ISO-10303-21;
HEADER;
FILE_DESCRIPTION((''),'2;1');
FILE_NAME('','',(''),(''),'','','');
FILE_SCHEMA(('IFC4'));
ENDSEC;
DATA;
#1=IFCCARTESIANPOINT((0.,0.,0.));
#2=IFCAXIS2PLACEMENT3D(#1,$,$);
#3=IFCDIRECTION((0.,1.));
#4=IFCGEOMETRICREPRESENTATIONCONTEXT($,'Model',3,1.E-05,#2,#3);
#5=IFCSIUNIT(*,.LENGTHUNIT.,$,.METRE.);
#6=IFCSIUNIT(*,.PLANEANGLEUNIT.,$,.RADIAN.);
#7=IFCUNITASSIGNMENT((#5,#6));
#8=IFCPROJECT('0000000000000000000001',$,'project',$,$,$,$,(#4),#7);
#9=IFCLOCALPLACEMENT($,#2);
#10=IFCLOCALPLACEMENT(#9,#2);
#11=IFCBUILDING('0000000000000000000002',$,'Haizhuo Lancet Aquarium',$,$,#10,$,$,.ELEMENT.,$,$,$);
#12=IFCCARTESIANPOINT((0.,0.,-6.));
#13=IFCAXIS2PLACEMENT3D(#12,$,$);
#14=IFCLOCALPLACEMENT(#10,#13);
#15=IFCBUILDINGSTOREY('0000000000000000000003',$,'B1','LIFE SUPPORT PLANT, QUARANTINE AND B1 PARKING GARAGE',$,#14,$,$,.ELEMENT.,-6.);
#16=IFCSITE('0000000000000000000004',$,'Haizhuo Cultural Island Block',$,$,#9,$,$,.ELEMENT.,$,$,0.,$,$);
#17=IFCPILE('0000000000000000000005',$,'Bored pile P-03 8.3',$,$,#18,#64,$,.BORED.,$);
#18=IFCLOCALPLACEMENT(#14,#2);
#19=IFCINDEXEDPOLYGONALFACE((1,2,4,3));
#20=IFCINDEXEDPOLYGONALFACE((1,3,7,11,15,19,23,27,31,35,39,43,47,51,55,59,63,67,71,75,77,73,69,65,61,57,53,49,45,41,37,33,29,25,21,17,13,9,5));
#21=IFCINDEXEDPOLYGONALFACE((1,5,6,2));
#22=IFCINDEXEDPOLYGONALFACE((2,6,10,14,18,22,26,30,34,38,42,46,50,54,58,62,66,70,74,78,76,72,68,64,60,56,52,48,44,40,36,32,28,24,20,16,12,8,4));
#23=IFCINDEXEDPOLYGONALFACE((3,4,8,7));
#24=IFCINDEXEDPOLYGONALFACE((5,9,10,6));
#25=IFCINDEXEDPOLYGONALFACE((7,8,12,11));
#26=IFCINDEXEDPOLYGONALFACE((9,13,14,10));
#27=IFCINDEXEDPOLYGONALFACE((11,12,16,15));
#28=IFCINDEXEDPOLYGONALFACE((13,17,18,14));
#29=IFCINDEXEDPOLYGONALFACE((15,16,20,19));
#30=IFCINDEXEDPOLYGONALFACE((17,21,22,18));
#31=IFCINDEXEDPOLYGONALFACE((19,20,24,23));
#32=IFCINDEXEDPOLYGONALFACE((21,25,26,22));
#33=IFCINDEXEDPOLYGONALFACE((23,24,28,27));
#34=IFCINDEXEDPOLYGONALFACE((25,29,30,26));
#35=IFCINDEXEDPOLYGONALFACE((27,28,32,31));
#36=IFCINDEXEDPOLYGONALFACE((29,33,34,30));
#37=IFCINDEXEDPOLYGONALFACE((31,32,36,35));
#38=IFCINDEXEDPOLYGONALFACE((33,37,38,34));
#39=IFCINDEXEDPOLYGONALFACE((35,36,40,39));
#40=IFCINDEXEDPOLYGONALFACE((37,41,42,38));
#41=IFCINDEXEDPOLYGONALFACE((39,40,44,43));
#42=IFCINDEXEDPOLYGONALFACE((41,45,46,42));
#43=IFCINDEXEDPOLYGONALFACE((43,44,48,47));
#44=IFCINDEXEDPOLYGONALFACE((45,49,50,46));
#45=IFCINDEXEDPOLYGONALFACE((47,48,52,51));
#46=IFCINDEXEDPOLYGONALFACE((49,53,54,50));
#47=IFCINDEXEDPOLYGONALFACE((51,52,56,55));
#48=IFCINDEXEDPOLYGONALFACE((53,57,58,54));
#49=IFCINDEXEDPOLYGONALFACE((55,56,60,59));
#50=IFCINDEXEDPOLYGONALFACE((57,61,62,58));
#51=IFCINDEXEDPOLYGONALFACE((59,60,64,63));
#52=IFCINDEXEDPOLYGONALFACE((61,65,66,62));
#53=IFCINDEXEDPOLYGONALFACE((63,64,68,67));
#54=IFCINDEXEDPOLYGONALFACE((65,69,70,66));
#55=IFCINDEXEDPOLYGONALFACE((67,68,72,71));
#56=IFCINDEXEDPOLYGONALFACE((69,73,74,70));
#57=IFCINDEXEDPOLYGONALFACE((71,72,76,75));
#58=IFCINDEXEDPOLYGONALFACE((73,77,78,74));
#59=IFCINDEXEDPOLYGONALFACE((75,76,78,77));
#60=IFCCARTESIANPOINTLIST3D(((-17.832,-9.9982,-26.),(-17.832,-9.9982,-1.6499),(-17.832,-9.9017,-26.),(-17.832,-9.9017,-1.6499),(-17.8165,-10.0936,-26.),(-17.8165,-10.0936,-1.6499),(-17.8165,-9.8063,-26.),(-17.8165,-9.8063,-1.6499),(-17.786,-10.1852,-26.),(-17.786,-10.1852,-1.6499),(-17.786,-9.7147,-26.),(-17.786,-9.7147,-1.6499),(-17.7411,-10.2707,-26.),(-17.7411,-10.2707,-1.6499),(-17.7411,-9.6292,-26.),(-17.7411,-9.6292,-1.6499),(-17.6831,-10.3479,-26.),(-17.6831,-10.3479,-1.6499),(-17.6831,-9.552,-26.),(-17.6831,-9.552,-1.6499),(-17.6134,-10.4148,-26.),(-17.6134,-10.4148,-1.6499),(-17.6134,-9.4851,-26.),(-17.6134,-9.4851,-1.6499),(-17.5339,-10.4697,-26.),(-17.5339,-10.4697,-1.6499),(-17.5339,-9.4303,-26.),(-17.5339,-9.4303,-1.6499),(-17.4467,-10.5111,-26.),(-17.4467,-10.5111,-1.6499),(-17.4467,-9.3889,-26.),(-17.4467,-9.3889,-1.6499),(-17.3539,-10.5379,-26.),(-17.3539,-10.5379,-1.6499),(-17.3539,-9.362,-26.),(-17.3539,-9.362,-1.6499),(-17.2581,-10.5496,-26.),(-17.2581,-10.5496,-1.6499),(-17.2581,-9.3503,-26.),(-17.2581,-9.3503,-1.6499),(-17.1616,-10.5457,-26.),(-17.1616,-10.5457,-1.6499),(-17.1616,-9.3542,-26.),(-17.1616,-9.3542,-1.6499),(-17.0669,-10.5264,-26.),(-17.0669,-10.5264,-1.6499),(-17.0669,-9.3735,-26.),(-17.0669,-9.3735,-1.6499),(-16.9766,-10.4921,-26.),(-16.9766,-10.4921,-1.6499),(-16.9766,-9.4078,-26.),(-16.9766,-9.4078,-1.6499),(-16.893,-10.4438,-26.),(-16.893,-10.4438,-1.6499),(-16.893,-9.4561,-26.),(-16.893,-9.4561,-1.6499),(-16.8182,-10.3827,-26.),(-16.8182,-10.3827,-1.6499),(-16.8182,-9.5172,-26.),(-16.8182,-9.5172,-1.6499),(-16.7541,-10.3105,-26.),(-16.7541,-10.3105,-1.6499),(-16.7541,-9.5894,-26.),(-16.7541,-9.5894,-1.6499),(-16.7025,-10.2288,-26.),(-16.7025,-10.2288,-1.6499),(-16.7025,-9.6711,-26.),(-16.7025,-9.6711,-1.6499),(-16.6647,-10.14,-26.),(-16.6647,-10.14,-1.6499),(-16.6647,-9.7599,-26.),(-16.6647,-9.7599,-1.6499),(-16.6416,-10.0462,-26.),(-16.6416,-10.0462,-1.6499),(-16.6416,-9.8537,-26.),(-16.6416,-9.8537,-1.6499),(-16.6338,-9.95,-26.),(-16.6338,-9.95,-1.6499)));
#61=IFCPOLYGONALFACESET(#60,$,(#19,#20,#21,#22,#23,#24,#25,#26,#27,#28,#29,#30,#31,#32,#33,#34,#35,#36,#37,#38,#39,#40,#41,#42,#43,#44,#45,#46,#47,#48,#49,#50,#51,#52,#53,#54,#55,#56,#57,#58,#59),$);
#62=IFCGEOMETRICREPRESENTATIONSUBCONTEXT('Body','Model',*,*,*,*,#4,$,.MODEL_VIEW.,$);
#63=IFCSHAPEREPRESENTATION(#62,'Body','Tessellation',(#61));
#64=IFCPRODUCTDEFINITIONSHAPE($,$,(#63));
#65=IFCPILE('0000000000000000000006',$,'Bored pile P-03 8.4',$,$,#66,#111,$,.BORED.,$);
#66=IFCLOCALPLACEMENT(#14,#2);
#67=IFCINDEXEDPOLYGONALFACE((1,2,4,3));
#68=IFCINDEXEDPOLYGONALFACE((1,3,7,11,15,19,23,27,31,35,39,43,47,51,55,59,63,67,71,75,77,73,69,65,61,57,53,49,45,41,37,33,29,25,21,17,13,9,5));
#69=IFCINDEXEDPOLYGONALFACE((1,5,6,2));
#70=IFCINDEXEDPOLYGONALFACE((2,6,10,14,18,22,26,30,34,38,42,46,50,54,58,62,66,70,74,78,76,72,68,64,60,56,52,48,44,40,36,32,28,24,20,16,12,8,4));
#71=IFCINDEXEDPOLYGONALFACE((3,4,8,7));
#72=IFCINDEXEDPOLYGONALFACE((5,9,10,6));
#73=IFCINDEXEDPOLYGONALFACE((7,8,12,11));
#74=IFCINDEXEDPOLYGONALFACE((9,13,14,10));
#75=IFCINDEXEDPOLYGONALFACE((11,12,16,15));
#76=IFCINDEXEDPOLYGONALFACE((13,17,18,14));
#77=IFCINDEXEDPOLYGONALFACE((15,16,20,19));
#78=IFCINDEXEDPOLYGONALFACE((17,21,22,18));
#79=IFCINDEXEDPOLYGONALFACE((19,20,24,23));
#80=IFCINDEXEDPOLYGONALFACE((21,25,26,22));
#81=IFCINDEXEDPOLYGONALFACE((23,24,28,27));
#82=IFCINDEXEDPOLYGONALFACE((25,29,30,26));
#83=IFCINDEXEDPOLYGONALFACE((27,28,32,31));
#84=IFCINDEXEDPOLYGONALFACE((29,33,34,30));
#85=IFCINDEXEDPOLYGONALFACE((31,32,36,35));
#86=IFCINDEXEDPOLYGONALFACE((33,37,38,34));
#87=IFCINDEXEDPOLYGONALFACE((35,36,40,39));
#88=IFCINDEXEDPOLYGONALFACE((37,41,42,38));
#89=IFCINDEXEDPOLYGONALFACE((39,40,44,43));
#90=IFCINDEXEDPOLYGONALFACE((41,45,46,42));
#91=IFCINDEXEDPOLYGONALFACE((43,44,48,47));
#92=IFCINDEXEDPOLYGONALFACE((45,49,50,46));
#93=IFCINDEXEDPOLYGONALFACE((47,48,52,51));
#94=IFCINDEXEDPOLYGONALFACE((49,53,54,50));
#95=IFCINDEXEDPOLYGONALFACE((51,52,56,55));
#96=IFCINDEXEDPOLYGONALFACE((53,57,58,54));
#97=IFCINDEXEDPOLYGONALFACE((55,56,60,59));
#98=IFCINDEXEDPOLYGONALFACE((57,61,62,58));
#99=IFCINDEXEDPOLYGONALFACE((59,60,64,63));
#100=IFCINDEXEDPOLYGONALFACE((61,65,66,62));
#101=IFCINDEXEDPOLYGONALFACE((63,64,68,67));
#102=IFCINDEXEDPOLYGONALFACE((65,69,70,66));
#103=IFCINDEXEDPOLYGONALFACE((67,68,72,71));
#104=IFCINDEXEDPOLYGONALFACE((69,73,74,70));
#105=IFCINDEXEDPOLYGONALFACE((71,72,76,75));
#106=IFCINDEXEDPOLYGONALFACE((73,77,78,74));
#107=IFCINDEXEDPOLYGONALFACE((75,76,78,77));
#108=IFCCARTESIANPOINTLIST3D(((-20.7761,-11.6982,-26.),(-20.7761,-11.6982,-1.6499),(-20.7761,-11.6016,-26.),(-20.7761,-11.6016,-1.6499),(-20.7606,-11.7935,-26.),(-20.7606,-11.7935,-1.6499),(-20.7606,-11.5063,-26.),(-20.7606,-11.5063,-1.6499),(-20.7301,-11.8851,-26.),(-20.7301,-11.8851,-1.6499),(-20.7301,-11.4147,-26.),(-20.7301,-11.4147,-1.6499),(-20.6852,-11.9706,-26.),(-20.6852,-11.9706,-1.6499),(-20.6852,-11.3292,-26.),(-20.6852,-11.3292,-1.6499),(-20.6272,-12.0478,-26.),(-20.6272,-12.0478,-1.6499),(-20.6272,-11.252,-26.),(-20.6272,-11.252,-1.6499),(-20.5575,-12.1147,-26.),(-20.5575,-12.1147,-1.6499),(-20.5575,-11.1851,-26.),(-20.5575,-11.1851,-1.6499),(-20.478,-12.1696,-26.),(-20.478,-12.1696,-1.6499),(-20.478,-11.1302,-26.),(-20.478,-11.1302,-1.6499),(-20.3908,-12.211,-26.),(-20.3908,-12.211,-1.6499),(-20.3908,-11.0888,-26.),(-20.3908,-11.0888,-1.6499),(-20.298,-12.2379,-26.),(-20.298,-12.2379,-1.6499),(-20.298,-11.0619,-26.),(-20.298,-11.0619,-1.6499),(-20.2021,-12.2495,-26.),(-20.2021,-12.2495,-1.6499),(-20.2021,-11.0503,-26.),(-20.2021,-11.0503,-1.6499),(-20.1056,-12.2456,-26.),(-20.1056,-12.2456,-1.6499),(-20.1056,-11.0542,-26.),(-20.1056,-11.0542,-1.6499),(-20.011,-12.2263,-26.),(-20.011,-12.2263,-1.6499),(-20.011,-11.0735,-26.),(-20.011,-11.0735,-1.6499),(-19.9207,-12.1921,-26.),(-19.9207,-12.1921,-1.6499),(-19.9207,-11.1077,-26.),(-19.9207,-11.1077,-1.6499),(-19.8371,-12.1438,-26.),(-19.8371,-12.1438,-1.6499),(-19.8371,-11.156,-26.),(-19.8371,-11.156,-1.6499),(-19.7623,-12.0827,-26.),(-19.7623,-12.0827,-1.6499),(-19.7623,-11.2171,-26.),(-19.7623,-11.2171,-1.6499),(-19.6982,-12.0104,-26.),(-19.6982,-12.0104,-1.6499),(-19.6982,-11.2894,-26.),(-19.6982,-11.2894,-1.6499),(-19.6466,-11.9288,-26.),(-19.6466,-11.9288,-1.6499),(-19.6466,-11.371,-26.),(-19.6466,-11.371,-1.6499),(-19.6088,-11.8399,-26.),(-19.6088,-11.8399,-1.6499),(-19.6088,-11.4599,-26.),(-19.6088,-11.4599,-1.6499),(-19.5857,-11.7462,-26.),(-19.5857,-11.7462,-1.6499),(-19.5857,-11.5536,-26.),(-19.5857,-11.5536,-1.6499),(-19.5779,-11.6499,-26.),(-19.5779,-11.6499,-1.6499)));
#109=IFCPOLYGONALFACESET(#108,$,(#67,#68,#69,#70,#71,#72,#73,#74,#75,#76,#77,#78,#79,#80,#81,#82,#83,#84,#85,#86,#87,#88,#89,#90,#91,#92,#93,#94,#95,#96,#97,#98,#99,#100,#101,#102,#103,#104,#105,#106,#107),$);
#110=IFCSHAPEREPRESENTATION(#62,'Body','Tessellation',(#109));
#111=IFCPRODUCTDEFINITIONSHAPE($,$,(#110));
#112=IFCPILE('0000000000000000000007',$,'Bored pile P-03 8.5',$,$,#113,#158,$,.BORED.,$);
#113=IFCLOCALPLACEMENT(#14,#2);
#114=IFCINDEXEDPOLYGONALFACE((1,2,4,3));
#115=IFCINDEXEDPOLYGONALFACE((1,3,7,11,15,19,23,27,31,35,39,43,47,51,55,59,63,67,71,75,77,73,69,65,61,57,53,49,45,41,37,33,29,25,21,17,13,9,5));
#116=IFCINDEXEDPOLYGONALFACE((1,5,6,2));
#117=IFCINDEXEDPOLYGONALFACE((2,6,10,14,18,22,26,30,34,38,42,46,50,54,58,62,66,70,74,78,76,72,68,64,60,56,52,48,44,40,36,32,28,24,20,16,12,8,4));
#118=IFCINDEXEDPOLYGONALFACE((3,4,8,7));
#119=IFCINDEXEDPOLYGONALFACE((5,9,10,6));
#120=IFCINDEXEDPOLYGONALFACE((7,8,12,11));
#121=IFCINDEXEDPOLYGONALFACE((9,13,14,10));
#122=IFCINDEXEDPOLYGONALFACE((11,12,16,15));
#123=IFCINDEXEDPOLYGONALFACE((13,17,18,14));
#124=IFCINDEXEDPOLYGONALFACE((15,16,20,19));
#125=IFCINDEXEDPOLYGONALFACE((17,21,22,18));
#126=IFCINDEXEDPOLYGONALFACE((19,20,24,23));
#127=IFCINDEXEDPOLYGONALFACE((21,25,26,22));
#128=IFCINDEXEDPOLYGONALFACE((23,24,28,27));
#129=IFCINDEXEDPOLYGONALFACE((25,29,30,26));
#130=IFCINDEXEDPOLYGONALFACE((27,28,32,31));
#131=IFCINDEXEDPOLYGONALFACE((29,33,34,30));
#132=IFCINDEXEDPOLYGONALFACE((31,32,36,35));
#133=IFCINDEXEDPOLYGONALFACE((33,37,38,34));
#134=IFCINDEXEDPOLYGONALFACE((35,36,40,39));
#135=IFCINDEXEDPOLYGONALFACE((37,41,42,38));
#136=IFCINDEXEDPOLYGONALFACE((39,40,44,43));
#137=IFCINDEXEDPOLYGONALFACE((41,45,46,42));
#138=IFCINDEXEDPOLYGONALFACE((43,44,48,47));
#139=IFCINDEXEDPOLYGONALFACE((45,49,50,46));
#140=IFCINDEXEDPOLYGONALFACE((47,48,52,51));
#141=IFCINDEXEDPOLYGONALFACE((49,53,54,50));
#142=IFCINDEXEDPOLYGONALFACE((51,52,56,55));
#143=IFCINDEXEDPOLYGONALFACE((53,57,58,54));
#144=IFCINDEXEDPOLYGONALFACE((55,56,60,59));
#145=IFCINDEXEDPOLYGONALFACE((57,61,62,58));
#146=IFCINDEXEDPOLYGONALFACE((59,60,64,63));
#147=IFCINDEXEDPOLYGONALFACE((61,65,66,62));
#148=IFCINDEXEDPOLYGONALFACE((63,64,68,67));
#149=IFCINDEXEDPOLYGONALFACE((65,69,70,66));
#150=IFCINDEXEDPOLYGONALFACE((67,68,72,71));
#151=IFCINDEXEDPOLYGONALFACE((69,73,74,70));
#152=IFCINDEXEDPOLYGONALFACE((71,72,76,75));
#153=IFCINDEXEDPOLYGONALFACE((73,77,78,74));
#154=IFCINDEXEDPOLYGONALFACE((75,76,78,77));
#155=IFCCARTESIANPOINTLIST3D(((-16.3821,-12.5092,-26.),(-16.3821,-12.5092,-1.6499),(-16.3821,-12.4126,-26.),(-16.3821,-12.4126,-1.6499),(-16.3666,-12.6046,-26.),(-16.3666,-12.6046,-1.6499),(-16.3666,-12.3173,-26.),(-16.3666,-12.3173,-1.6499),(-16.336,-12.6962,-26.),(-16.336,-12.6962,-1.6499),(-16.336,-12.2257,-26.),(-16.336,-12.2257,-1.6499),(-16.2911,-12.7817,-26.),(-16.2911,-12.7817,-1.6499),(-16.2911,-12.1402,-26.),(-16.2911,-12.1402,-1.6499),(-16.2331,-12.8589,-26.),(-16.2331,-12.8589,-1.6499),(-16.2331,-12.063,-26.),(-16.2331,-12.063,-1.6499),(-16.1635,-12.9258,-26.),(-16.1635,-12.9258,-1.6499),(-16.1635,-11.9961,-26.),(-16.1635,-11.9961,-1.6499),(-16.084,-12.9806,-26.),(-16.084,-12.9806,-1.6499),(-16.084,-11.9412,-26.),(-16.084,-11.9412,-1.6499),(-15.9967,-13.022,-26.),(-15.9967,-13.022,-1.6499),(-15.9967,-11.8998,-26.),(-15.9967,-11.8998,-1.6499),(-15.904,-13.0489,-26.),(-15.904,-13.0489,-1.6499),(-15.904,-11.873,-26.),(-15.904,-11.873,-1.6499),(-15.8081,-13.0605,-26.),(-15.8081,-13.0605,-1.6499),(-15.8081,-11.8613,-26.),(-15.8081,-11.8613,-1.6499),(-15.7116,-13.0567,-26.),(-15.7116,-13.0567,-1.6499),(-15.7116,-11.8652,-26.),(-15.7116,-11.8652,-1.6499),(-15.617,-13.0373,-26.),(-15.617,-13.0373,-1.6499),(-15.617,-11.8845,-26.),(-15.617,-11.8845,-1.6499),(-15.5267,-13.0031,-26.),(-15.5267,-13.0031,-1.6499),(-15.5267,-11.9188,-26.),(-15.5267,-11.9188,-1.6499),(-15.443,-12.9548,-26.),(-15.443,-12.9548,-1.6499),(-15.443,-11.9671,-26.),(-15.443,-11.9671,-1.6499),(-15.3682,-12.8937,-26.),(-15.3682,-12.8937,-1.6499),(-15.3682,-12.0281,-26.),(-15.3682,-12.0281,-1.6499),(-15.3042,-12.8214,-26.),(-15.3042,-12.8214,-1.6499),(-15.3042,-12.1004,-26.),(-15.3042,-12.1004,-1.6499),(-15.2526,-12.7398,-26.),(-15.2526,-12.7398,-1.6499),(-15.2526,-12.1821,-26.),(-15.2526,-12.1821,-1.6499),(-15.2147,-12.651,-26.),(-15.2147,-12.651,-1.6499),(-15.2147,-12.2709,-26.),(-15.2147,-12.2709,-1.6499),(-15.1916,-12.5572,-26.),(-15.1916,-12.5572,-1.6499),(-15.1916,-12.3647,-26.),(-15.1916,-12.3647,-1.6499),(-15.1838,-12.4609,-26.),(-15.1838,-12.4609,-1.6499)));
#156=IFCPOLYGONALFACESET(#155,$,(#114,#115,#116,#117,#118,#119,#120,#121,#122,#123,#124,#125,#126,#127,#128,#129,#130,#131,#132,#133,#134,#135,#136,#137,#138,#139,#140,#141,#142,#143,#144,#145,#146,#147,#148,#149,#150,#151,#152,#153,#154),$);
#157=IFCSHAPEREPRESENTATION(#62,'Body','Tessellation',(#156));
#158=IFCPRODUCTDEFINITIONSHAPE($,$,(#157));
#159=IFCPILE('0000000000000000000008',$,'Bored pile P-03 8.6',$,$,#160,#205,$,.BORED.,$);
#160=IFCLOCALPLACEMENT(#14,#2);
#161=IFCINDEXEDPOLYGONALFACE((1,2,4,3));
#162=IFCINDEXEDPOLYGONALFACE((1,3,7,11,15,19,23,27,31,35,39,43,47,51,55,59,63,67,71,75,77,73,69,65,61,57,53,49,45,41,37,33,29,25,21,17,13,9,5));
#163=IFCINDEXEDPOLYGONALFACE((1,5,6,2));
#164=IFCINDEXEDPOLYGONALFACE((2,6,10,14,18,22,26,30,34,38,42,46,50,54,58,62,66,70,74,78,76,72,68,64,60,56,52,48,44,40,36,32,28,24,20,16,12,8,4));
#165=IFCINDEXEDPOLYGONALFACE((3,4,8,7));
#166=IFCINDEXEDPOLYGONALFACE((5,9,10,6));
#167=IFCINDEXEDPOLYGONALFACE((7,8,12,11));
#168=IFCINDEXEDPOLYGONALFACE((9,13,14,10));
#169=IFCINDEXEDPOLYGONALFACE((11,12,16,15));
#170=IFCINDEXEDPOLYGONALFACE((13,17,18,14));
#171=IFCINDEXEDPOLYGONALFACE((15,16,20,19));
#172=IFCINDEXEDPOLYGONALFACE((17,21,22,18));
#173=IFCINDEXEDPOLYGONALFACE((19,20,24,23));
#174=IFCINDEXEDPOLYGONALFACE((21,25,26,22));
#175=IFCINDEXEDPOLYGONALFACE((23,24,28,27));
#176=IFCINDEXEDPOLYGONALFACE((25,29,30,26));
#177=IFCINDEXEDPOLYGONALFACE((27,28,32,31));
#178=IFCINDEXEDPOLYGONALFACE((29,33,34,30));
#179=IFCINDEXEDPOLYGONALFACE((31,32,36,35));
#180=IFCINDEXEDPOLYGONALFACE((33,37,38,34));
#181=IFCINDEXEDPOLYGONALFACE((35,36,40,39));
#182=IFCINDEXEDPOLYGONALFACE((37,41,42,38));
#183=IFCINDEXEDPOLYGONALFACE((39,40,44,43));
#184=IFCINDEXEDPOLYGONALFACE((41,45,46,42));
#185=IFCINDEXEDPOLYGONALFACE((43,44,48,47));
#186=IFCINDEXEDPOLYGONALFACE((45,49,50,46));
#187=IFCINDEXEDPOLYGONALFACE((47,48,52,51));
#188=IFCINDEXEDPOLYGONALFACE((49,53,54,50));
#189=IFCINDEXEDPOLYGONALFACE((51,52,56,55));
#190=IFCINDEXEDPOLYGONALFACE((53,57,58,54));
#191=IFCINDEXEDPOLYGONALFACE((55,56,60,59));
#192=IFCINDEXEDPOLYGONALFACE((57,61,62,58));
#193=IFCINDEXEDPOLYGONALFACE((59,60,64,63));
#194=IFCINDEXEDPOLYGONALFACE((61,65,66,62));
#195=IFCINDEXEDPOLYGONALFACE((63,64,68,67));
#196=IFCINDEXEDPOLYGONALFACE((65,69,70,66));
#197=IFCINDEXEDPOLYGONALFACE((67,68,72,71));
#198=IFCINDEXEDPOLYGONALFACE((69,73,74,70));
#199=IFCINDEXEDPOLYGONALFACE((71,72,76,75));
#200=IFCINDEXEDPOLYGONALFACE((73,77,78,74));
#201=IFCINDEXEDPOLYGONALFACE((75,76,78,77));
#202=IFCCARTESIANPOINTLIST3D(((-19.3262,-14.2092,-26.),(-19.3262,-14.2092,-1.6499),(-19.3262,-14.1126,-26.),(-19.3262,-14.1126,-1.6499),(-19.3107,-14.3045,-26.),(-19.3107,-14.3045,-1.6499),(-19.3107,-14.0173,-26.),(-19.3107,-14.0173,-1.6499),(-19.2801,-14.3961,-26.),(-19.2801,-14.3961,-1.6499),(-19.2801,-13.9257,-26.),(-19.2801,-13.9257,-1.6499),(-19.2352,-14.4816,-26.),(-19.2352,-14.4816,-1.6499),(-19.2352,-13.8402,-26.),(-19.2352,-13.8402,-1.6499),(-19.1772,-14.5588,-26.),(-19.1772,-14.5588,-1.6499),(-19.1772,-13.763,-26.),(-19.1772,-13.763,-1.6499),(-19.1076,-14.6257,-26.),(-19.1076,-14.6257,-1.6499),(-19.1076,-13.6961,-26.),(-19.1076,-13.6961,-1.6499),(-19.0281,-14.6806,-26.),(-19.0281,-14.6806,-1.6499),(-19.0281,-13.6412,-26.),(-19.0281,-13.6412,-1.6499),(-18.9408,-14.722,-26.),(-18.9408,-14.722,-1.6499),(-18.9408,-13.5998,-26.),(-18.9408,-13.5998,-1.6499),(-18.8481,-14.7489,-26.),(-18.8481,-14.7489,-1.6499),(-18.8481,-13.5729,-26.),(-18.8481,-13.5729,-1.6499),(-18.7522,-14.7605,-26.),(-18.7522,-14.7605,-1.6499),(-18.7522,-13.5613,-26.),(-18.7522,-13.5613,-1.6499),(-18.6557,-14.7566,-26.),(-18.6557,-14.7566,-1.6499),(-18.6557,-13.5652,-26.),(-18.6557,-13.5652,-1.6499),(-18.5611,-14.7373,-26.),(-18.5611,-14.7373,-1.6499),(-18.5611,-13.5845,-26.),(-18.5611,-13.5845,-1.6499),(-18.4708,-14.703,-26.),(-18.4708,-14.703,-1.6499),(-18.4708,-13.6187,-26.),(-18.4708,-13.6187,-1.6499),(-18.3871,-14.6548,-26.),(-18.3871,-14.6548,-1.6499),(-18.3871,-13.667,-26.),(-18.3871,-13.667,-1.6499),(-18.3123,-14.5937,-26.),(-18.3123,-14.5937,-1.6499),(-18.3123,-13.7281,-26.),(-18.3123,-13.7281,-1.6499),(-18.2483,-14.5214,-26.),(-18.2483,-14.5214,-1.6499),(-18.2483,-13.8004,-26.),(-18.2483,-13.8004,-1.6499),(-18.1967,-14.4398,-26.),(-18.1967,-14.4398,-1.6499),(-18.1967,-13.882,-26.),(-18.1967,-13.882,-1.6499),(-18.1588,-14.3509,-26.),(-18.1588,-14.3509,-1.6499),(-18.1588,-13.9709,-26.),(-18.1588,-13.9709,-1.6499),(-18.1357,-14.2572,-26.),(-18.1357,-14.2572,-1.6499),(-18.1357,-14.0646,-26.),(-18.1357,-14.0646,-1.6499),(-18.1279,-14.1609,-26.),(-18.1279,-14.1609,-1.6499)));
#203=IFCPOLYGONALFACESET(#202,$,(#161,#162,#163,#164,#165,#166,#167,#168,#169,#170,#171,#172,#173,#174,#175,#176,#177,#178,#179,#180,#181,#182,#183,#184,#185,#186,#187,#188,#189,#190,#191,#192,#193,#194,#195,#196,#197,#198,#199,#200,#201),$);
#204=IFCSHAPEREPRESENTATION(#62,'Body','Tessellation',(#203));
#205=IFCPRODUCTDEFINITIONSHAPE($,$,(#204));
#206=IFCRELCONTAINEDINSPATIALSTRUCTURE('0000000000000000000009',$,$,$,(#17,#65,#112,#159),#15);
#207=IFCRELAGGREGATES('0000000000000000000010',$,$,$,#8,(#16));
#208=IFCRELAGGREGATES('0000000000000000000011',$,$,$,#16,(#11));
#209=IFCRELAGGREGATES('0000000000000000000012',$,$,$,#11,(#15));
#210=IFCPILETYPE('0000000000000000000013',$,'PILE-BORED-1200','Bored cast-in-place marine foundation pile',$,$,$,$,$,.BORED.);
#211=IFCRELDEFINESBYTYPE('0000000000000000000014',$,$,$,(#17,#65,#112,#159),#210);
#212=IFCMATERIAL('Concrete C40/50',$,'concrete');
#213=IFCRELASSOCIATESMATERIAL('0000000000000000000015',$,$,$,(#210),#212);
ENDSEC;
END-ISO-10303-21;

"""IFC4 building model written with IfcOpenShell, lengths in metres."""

from ifc_helpers import new_model, si_unit, direction, frame, origin, origin_2d, place, context, subcontext, project, spatial, circle, extrude, material, material_profile, profile_set, type_object, element, save


model = new_model("IFC4")

# Units and contexts
model_context = context("Model", 3, precision=1e-05, world=origin(), true_north=direction((0.0, 1.0)))
body_context = subcontext(model_context, "Body", "Model", "MODEL_VIEW")
ifc_project = project(units=[si_unit("LENGTHUNIT", "METRE"), si_unit("PLANEANGLEUNIT", "RADIAN")], contexts=[model_context])

# Site, building, storey
site_placement = place(None, origin())
site = spatial("IfcSite", under=ifc_project, at=site_placement, Name="Haizhuo Cultural Island Block", CompositionType="ELEMENT", RefElevation=0.0)
building_placement = place(site_placement, origin())
building = spatial("IfcBuilding", under=site, at=building_placement, Name="Haizhuo Lancet Aquarium", CompositionType="ELEMENT")
storey_placement = place(building_placement, frame((0.0, 0.0, -6.0)))
storey = spatial("IfcBuildingStorey", under=building, at=storey_placement, Name="B1", Description="LIFE SUPPORT PLANT, QUARANTINE AND B1 PARKING GARAGE", CompositionType="ELEMENT", Elevation=-6.0)

# Shared definitions
ifc_material_1 = material(Name="Concrete C40/50", Category="concrete")

# Piles
ifc_material_profile_1 = material_profile(ifc_material_1, circle(Radius=0.6001, at=origin_2d()), Name="PILE-1200")
ifc_profile_set_1 = profile_set([ifc_material_profile_1], Name="Concrete C40/50")
pile_type_1 = type_object("IfcPileType", Name="PILE-BORED-1200", Description="Bored cast-in-place marine foundation pile", PredefinedType="BORED", material=ifc_profile_set_1)
for number, where, z_axis, x_axis, name in (
    (1, (-17.2339, -9.95, -1.6499), (0.0, 0.0, -1.0), (1.0, 0.0, 0.0), "Bored pile P-03 8.3"),
    (2, (-20.178, -11.6499, -1.6499), (0.0, 0.0, -1.0), (1.0, 0.0, 0.0), "Bored pile P-03 8.4"),
    (3, (-15.7839, -12.4609, -1.6499), (0.0, 0.0, -1.0), (1.0, 0.0, 0.0), "Bored pile P-03 8.5"),
    (4, (-18.728, -14.1609, -1.6499), (0.0, 0.0, -1.0), (1.0, 0.0, 0.0), "Bored pile P-03 8.6"),
):
    element("IfcPile", number, at=place(storey_placement, frame(where, z_axis=z_axis, x_axis=x_axis)), inside=storey, type_object=pile_type_1, Name=name, PredefinedType="BORED", context=body_context, shape_type="SweptSolid", body=[
        extrude(circle(Radius=0.6001, at=origin_2d()), origin(), (0.0, 0.0, 1.0), 24.3501),
    ])

save(model, "model.ifc")
